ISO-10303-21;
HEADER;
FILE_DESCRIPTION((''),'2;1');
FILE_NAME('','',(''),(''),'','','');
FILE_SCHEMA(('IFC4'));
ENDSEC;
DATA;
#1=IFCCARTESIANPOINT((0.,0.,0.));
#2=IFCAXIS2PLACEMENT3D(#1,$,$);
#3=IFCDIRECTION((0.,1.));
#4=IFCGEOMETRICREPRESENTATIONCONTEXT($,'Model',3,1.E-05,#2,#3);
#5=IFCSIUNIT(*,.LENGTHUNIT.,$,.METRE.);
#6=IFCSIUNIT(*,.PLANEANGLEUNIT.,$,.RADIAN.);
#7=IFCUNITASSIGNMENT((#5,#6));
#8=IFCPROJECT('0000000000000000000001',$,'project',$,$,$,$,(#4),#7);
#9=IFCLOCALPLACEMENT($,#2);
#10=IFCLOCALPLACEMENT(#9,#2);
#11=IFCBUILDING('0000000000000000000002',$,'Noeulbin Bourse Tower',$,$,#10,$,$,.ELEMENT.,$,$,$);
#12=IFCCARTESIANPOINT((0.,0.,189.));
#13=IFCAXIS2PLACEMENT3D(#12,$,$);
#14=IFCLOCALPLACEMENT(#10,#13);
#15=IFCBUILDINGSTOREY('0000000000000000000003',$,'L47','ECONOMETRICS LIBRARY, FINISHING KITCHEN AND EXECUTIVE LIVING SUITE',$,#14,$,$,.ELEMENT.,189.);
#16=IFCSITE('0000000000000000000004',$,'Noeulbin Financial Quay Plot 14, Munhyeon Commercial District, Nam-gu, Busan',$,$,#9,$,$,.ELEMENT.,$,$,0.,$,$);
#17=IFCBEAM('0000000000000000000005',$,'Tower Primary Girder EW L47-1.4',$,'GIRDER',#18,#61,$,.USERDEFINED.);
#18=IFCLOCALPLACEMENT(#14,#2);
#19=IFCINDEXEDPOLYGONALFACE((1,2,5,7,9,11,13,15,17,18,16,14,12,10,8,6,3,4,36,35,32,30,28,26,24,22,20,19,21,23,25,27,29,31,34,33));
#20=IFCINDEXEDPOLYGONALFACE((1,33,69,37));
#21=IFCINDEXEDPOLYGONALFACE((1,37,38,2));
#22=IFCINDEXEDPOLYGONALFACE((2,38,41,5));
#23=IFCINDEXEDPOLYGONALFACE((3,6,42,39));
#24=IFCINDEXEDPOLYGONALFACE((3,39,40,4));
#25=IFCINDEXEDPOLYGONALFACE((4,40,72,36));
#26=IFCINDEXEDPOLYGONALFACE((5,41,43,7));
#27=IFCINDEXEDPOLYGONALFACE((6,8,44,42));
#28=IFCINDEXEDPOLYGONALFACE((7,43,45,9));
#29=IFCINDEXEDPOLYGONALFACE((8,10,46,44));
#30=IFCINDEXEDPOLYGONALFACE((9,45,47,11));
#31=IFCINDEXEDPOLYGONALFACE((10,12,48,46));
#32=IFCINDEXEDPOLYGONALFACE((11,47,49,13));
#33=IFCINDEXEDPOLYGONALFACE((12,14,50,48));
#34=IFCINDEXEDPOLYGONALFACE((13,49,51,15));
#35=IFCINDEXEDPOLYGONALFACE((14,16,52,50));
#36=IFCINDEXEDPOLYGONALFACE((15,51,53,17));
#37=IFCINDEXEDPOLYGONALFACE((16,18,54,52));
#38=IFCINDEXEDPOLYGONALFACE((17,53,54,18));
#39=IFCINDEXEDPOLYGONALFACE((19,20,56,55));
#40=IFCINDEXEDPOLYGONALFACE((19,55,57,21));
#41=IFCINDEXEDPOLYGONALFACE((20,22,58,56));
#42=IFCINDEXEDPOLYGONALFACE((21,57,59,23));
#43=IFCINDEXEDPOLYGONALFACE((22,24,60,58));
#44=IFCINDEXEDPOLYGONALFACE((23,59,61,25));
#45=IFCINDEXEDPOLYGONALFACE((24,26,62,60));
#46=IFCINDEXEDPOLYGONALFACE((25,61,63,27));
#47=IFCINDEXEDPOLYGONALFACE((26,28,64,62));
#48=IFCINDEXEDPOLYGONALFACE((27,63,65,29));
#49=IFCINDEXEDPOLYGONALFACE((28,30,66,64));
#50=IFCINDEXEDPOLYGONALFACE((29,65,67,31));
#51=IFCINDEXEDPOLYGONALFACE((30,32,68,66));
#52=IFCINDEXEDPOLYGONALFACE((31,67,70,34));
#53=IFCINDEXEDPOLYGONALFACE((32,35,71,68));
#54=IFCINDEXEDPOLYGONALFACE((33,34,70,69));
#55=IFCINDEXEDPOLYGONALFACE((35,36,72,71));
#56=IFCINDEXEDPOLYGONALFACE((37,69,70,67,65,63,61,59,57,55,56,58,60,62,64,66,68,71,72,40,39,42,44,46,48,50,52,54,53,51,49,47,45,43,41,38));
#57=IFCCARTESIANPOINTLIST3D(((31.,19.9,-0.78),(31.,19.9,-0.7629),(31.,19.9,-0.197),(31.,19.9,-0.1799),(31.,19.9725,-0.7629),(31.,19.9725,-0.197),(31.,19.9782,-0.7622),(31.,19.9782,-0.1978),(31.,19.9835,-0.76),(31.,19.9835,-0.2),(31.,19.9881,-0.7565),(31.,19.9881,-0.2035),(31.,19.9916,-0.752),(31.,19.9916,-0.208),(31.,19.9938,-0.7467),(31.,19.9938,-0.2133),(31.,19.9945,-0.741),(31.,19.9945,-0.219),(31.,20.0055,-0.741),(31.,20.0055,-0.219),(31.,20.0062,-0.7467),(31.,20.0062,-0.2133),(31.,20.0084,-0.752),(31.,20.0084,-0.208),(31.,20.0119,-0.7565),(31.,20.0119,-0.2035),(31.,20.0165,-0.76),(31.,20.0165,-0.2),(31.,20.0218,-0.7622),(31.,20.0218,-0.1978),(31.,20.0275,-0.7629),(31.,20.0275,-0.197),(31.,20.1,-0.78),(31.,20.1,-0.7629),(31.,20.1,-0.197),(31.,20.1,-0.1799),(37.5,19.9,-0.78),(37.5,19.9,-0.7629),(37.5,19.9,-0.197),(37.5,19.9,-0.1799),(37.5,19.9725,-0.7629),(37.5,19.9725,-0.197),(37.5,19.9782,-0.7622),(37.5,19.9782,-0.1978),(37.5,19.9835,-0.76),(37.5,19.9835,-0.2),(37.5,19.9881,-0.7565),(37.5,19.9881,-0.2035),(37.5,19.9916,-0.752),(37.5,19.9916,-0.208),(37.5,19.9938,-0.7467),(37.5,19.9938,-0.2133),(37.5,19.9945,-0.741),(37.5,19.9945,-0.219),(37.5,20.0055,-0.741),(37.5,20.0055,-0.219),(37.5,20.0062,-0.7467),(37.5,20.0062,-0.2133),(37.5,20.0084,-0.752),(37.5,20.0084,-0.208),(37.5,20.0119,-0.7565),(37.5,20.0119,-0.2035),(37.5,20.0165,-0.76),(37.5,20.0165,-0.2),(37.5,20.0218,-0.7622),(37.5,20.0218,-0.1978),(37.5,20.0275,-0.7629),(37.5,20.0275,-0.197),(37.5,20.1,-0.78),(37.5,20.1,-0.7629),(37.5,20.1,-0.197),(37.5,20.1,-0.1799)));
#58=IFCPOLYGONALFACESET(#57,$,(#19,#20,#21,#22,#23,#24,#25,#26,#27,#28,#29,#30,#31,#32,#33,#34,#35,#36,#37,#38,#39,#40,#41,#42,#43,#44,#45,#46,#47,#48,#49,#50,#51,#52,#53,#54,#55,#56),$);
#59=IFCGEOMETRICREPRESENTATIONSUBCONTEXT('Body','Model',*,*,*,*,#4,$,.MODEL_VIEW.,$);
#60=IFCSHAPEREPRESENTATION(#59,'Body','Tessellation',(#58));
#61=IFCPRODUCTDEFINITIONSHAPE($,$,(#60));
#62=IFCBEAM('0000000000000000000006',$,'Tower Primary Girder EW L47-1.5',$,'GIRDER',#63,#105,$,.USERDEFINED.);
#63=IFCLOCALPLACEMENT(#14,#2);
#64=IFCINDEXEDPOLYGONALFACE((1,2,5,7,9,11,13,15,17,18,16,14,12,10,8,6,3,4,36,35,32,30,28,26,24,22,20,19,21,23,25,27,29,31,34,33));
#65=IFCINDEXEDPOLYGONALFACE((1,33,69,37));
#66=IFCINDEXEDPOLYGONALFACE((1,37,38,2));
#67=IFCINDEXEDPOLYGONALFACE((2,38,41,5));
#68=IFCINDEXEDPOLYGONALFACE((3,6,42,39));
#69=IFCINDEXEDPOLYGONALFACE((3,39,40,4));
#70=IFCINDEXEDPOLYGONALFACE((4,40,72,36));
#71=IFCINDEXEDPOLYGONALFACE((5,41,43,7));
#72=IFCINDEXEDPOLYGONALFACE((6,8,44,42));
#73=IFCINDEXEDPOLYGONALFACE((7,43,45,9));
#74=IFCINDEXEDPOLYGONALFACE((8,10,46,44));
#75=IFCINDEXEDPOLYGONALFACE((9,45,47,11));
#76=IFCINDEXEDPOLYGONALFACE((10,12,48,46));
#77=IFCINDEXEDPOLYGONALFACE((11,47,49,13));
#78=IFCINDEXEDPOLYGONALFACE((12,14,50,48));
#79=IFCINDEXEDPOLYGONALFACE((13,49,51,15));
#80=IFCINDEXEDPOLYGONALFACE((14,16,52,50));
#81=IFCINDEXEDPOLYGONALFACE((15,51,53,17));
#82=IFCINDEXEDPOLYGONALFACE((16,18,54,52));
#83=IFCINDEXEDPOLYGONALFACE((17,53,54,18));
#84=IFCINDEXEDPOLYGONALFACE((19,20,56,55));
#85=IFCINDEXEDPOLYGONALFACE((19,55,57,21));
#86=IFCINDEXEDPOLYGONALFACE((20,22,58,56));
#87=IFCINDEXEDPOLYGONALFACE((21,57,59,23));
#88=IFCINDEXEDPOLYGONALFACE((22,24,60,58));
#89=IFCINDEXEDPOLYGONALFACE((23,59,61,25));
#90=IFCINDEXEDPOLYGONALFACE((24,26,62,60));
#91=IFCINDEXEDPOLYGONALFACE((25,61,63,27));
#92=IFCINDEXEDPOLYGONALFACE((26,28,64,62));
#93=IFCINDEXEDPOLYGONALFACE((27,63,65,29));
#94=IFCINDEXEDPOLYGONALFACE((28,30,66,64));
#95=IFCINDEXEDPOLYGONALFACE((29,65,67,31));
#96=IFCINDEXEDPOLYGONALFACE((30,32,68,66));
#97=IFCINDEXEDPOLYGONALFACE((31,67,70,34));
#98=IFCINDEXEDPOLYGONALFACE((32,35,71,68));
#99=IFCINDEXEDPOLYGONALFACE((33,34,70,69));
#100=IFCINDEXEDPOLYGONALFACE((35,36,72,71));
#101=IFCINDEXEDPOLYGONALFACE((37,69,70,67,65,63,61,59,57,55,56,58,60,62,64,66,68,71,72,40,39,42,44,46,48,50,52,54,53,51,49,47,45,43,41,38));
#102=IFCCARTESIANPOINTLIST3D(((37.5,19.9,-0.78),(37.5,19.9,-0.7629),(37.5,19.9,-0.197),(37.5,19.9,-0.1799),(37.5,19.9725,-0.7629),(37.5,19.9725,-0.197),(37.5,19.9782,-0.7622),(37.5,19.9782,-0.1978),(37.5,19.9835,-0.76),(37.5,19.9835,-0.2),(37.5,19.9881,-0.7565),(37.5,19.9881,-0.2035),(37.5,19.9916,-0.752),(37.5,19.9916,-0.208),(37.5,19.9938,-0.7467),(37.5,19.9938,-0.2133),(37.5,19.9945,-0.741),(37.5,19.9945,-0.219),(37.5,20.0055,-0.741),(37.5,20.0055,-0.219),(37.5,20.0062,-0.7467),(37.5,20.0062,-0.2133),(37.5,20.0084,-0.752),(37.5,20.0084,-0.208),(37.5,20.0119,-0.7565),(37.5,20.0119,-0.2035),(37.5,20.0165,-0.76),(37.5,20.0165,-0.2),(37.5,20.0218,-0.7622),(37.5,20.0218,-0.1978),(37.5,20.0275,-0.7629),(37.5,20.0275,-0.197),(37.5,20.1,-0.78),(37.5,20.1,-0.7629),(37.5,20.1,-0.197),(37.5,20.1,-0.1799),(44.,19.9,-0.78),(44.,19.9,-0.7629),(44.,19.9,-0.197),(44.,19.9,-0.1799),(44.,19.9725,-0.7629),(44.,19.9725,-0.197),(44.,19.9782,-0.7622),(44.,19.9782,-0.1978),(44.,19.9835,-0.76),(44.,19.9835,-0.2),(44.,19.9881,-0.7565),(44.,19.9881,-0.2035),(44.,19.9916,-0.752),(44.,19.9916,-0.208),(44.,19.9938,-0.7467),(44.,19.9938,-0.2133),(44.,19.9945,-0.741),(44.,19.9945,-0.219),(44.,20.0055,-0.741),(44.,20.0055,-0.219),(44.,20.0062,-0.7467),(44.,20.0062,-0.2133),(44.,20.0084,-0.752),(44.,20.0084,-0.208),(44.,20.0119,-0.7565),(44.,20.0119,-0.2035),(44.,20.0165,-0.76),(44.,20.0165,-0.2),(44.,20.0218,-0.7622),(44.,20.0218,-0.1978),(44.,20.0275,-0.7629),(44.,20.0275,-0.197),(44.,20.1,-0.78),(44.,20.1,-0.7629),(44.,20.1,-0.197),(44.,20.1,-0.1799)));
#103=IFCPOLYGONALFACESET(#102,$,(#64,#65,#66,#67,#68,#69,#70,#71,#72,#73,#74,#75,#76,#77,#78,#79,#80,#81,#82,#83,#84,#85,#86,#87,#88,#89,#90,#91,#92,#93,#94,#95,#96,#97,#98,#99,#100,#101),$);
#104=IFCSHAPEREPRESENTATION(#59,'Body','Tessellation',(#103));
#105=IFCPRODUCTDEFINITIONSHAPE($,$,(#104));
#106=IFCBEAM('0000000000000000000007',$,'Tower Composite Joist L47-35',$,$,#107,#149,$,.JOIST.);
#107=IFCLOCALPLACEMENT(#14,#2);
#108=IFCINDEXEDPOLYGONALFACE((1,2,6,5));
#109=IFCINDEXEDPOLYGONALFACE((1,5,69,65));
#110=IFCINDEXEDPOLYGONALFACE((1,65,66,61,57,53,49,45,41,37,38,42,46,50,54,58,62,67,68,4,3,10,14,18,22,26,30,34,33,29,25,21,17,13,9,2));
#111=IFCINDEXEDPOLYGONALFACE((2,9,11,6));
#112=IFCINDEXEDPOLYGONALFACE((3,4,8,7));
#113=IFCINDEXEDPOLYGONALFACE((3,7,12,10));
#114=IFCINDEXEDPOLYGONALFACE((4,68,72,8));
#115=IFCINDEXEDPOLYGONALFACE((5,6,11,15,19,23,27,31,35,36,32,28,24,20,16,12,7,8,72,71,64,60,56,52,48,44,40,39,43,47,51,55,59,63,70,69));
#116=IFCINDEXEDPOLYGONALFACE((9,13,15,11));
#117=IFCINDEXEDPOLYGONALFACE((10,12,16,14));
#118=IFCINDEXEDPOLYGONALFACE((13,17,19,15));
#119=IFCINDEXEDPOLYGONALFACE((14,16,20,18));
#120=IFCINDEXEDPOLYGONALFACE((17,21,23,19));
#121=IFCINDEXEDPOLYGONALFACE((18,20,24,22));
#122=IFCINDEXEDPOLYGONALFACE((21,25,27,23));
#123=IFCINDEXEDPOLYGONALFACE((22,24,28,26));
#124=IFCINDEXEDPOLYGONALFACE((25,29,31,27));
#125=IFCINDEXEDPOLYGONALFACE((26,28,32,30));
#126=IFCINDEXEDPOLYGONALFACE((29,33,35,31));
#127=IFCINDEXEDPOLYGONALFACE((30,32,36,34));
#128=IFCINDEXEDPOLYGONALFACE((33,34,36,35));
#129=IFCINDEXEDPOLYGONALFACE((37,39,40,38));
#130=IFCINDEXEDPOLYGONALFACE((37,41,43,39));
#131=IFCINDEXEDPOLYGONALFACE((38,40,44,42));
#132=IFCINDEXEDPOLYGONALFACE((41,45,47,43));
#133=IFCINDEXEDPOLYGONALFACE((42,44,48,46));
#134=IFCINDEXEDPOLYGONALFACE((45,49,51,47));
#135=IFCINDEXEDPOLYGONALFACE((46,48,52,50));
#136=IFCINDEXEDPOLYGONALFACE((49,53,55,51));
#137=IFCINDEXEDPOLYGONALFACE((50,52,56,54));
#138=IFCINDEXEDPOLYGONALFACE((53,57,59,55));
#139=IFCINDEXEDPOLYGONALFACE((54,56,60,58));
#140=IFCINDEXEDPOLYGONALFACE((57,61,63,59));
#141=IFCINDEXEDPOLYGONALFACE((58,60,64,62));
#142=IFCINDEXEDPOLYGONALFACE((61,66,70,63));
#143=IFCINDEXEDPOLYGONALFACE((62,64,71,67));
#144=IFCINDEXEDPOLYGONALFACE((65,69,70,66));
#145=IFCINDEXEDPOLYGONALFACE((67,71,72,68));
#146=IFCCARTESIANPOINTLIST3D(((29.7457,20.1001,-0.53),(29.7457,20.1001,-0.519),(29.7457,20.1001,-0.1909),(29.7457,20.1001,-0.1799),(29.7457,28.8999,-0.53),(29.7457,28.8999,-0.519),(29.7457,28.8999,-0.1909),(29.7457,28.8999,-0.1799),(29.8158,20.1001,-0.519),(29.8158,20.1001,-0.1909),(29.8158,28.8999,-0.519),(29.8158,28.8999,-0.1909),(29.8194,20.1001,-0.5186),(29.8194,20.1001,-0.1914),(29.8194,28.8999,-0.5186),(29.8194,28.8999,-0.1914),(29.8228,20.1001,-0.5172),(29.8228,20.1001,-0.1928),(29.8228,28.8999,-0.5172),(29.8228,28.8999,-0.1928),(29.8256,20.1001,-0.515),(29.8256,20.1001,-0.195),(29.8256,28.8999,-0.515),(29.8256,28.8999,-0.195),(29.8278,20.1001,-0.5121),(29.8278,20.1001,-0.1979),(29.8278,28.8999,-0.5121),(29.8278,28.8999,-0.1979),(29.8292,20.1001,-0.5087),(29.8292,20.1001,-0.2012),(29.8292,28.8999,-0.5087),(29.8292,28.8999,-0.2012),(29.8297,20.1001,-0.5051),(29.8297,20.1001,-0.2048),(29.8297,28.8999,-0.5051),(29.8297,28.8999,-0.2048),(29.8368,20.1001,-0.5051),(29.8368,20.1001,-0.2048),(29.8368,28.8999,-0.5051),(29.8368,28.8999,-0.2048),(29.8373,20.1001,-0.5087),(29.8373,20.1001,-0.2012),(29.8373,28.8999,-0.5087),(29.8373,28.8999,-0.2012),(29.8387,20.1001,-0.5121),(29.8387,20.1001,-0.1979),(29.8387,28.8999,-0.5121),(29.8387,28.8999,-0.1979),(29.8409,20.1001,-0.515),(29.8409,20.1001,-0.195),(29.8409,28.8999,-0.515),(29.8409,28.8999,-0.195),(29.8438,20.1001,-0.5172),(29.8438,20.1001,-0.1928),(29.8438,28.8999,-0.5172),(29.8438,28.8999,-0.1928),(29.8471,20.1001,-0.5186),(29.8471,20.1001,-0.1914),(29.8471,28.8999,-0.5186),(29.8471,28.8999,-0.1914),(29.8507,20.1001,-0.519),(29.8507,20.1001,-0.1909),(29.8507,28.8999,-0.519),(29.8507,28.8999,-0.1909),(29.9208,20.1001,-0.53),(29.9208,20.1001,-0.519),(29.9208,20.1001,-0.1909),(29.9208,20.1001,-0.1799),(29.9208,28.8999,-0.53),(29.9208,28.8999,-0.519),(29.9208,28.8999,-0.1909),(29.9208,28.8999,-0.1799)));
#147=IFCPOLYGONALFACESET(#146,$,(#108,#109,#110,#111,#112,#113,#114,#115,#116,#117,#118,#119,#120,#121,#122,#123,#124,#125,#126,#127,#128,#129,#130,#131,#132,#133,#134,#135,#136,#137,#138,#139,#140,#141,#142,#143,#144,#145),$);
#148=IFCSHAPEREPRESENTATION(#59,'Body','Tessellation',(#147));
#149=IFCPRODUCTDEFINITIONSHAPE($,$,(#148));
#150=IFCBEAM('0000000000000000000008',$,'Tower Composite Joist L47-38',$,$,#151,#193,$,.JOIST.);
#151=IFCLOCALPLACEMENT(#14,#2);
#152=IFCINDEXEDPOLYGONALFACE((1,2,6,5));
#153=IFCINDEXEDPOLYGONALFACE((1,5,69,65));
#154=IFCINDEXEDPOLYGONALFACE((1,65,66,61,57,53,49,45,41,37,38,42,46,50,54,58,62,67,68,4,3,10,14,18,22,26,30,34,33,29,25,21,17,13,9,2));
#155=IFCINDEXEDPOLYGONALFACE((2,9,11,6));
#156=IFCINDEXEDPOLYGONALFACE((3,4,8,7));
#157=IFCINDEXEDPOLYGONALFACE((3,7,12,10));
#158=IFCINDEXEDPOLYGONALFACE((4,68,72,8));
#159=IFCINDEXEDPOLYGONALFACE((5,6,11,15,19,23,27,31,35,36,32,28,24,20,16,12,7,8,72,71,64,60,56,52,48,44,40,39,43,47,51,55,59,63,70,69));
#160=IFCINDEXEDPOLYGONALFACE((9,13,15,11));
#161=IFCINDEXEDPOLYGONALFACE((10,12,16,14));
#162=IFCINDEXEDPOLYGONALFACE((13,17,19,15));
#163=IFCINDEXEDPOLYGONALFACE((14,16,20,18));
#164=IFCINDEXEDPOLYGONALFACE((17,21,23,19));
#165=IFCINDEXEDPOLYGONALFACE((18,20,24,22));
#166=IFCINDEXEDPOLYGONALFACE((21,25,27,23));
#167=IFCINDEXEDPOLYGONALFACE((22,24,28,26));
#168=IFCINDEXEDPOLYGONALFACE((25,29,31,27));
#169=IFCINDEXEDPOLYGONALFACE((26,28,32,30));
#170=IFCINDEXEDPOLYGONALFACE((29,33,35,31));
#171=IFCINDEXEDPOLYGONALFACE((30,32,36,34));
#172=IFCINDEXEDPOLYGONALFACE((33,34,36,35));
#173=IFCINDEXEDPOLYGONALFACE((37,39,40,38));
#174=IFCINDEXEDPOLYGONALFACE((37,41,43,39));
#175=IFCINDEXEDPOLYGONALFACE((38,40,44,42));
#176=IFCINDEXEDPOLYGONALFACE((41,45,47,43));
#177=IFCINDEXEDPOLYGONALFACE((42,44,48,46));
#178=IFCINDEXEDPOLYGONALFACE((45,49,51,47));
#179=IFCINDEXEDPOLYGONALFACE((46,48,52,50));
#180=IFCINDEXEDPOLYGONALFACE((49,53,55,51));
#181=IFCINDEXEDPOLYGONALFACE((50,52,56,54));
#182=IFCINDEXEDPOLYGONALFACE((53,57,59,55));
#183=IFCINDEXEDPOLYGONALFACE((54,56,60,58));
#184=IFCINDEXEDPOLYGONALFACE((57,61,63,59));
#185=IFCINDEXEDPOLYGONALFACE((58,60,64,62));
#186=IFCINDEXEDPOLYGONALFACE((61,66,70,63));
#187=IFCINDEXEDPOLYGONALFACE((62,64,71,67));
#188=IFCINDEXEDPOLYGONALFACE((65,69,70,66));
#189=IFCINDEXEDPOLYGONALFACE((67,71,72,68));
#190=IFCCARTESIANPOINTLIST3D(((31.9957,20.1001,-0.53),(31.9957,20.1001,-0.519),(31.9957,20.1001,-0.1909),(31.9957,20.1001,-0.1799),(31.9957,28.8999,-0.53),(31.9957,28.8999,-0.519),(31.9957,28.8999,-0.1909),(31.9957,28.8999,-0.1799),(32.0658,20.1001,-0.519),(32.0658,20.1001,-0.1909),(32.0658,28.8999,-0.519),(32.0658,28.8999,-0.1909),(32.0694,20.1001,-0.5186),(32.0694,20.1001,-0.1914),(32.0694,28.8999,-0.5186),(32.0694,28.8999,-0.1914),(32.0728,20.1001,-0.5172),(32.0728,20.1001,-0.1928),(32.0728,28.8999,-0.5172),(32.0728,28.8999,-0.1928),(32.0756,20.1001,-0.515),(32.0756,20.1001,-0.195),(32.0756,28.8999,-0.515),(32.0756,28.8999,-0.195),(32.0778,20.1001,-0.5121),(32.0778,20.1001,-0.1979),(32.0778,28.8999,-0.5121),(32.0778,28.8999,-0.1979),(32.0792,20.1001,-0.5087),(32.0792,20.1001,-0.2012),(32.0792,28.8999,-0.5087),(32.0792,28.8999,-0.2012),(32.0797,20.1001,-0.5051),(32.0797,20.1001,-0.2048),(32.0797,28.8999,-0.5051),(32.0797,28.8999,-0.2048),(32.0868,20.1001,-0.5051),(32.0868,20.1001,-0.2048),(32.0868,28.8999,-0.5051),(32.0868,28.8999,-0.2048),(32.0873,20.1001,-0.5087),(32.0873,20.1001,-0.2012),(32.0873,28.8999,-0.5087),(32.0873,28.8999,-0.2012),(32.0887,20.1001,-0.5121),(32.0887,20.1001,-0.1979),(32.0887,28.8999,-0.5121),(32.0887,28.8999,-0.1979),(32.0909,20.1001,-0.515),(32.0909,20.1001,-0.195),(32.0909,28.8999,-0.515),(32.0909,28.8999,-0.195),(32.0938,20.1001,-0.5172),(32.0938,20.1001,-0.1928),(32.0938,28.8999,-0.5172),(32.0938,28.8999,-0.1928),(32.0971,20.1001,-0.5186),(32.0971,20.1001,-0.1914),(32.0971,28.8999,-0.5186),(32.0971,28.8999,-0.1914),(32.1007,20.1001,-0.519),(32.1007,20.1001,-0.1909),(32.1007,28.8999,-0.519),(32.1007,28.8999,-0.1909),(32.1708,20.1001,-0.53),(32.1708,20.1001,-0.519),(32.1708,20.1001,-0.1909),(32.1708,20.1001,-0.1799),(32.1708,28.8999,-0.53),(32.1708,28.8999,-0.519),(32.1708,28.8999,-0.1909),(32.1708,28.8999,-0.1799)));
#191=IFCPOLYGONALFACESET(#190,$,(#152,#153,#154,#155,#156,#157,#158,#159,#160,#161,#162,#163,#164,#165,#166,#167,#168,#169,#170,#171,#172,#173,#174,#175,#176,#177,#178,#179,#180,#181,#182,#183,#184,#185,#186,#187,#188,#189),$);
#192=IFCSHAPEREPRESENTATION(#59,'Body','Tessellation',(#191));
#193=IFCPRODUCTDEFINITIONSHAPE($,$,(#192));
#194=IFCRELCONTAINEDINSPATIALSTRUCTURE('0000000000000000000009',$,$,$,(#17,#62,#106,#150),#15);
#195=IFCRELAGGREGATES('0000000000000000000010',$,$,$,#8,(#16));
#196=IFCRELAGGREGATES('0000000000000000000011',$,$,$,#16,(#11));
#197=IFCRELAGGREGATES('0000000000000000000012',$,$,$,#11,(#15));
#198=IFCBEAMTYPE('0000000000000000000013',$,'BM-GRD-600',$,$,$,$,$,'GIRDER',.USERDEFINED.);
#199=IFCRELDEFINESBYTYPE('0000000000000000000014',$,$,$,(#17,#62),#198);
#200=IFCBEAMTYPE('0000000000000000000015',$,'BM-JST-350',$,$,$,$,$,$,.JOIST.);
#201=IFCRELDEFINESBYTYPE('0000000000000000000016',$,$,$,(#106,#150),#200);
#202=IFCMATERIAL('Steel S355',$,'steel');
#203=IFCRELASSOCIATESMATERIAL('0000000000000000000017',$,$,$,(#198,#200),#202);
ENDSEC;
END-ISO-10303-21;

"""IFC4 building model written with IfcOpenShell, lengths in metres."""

from ifc_helpers import new_model, si_unit, direction, frame, origin, origin_2d, place, context, subcontext, project, spatial, i_section, extrude, material, material_profile, profile_set, type_object, element, save


model = new_model("IFC4")

# Units and contexts
model_context = context("Model", 3, precision=1e-05, world=origin(), true_north=direction((0.0, 1.0)))
body_context = subcontext(model_context, "Body", "Model", "MODEL_VIEW")
ifc_project = project(units=[si_unit("LENGTHUNIT", "METRE"), si_unit("PLANEANGLEUNIT", "RADIAN")], contexts=[model_context])

# Site, building, storey
site_placement = place(None, origin())
site = spatial("IfcSite", under=ifc_project, at=site_placement, Name="Noeulbin Financial Quay Plot 14, Munhyeon Commercial District, Nam-gu, Busan", CompositionType="ELEMENT", RefElevation=0.0)
building_placement = place(site_placement, origin())
building = spatial("IfcBuilding", under=site, at=building_placement, Name="Noeulbin Bourse Tower", CompositionType="ELEMENT")
storey_placement = place(building_placement, frame((0.0, 0.0, 189.0)))
storey = spatial("IfcBuildingStorey", under=building, at=storey_placement, Name="L47", Description="ECONOMETRICS LIBRARY, FINISHING KITCHEN AND EXECUTIVE LIVING SUITE", CompositionType="ELEMENT", Elevation=189.0)

# Beams
ifc_material_1 = material(Name="Steel S355", Category="steel")
ifc_material_profile_1 = material_profile(ifc_material_1, i_section(OverallWidth=0.2, OverallDepth=0.6001, WebThickness=0.011, FlangeThickness=0.0171, FilletRadius=0.022, at=origin_2d()), Name="H-600x200x11x17", Category="LoadBearing")
ifc_profile_set_1 = profile_set([ifc_material_profile_1], Name="Steel S355")
beam_type_1 = type_object("IfcBeamType", Name="BM-GRD-600", ElementType="GIRDER", PredefinedType="USERDEFINED", material=ifc_profile_set_1)
for number, where, z_axis, x_axis, name in (
    (1, (31.0, 20.0, -0.48), (1.0, 0.0, 0.0), (0.0, 1.0, 0.0), "Tower Primary Girder EW L47-1.4"),
    (2, (37.5, 20.0, -0.48), (1.0, 0.0, 0.0), (0.0, 1.0, 0.0), "Tower Primary Girder EW L47-1.5"),
):
    element("IfcBeam", number, at=place(storey_placement, frame(where, z_axis=z_axis, x_axis=x_axis)), inside=storey, type_object=beam_type_1, Name=name, ObjectType="GIRDER", PredefinedType="USERDEFINED", context=body_context, shape_type="SweptSolid", body=[
        extrude(i_section(OverallWidth=0.2, OverallDepth=0.6001, WebThickness=0.011, FlangeThickness=0.0171, FilletRadius=0.022, at=origin_2d()), origin(), (0.0, 0.0, 1.0), 6.5),
    ])
ifc_material_profile_2 = material_profile(ifc_material_1, i_section(OverallWidth=0.175, OverallDepth=0.3501, WebThickness=0.0071, FlangeThickness=0.011, FilletRadius=0.0139, at=origin_2d()), Name="H-350x175x7x11", Category="LoadBearing")
ifc_profile_set_2 = profile_set([ifc_material_profile_2], Name="Steel S355")
beam_type_2 = type_object("IfcBeamType", Name="BM-JST-350", PredefinedType="JOIST", material=ifc_profile_set_2)
for number, where, z_axis, x_axis, name in (
    (3, (29.8333, 20.1001, -0.355), (0.0, 1.0, 0.0), (-1.0, 0.0, 0.0), "Tower Composite Joist L47-35"),
    (4, (32.0833, 20.1001, -0.355), (0.0, 1.0, 0.0), (-1.0, 0.0, 0.0), "Tower Composite Joist L47-38"),
):
    element("IfcBeam", number, at=place(storey_placement, frame(where, z_axis=z_axis, x_axis=x_axis)), inside=storey, type_object=beam_type_2, Name=name, PredefinedType="JOIST", context=body_context, shape_type="SweptSolid", body=[
        extrude(i_section(OverallWidth=0.175, OverallDepth=0.3501, WebThickness=0.0071, FlangeThickness=0.011, FilletRadius=0.0139, at=origin_2d()), origin(), (0.0, 0.0, 1.0), 8.7998),
    ])

save(model, "model.ifc")
